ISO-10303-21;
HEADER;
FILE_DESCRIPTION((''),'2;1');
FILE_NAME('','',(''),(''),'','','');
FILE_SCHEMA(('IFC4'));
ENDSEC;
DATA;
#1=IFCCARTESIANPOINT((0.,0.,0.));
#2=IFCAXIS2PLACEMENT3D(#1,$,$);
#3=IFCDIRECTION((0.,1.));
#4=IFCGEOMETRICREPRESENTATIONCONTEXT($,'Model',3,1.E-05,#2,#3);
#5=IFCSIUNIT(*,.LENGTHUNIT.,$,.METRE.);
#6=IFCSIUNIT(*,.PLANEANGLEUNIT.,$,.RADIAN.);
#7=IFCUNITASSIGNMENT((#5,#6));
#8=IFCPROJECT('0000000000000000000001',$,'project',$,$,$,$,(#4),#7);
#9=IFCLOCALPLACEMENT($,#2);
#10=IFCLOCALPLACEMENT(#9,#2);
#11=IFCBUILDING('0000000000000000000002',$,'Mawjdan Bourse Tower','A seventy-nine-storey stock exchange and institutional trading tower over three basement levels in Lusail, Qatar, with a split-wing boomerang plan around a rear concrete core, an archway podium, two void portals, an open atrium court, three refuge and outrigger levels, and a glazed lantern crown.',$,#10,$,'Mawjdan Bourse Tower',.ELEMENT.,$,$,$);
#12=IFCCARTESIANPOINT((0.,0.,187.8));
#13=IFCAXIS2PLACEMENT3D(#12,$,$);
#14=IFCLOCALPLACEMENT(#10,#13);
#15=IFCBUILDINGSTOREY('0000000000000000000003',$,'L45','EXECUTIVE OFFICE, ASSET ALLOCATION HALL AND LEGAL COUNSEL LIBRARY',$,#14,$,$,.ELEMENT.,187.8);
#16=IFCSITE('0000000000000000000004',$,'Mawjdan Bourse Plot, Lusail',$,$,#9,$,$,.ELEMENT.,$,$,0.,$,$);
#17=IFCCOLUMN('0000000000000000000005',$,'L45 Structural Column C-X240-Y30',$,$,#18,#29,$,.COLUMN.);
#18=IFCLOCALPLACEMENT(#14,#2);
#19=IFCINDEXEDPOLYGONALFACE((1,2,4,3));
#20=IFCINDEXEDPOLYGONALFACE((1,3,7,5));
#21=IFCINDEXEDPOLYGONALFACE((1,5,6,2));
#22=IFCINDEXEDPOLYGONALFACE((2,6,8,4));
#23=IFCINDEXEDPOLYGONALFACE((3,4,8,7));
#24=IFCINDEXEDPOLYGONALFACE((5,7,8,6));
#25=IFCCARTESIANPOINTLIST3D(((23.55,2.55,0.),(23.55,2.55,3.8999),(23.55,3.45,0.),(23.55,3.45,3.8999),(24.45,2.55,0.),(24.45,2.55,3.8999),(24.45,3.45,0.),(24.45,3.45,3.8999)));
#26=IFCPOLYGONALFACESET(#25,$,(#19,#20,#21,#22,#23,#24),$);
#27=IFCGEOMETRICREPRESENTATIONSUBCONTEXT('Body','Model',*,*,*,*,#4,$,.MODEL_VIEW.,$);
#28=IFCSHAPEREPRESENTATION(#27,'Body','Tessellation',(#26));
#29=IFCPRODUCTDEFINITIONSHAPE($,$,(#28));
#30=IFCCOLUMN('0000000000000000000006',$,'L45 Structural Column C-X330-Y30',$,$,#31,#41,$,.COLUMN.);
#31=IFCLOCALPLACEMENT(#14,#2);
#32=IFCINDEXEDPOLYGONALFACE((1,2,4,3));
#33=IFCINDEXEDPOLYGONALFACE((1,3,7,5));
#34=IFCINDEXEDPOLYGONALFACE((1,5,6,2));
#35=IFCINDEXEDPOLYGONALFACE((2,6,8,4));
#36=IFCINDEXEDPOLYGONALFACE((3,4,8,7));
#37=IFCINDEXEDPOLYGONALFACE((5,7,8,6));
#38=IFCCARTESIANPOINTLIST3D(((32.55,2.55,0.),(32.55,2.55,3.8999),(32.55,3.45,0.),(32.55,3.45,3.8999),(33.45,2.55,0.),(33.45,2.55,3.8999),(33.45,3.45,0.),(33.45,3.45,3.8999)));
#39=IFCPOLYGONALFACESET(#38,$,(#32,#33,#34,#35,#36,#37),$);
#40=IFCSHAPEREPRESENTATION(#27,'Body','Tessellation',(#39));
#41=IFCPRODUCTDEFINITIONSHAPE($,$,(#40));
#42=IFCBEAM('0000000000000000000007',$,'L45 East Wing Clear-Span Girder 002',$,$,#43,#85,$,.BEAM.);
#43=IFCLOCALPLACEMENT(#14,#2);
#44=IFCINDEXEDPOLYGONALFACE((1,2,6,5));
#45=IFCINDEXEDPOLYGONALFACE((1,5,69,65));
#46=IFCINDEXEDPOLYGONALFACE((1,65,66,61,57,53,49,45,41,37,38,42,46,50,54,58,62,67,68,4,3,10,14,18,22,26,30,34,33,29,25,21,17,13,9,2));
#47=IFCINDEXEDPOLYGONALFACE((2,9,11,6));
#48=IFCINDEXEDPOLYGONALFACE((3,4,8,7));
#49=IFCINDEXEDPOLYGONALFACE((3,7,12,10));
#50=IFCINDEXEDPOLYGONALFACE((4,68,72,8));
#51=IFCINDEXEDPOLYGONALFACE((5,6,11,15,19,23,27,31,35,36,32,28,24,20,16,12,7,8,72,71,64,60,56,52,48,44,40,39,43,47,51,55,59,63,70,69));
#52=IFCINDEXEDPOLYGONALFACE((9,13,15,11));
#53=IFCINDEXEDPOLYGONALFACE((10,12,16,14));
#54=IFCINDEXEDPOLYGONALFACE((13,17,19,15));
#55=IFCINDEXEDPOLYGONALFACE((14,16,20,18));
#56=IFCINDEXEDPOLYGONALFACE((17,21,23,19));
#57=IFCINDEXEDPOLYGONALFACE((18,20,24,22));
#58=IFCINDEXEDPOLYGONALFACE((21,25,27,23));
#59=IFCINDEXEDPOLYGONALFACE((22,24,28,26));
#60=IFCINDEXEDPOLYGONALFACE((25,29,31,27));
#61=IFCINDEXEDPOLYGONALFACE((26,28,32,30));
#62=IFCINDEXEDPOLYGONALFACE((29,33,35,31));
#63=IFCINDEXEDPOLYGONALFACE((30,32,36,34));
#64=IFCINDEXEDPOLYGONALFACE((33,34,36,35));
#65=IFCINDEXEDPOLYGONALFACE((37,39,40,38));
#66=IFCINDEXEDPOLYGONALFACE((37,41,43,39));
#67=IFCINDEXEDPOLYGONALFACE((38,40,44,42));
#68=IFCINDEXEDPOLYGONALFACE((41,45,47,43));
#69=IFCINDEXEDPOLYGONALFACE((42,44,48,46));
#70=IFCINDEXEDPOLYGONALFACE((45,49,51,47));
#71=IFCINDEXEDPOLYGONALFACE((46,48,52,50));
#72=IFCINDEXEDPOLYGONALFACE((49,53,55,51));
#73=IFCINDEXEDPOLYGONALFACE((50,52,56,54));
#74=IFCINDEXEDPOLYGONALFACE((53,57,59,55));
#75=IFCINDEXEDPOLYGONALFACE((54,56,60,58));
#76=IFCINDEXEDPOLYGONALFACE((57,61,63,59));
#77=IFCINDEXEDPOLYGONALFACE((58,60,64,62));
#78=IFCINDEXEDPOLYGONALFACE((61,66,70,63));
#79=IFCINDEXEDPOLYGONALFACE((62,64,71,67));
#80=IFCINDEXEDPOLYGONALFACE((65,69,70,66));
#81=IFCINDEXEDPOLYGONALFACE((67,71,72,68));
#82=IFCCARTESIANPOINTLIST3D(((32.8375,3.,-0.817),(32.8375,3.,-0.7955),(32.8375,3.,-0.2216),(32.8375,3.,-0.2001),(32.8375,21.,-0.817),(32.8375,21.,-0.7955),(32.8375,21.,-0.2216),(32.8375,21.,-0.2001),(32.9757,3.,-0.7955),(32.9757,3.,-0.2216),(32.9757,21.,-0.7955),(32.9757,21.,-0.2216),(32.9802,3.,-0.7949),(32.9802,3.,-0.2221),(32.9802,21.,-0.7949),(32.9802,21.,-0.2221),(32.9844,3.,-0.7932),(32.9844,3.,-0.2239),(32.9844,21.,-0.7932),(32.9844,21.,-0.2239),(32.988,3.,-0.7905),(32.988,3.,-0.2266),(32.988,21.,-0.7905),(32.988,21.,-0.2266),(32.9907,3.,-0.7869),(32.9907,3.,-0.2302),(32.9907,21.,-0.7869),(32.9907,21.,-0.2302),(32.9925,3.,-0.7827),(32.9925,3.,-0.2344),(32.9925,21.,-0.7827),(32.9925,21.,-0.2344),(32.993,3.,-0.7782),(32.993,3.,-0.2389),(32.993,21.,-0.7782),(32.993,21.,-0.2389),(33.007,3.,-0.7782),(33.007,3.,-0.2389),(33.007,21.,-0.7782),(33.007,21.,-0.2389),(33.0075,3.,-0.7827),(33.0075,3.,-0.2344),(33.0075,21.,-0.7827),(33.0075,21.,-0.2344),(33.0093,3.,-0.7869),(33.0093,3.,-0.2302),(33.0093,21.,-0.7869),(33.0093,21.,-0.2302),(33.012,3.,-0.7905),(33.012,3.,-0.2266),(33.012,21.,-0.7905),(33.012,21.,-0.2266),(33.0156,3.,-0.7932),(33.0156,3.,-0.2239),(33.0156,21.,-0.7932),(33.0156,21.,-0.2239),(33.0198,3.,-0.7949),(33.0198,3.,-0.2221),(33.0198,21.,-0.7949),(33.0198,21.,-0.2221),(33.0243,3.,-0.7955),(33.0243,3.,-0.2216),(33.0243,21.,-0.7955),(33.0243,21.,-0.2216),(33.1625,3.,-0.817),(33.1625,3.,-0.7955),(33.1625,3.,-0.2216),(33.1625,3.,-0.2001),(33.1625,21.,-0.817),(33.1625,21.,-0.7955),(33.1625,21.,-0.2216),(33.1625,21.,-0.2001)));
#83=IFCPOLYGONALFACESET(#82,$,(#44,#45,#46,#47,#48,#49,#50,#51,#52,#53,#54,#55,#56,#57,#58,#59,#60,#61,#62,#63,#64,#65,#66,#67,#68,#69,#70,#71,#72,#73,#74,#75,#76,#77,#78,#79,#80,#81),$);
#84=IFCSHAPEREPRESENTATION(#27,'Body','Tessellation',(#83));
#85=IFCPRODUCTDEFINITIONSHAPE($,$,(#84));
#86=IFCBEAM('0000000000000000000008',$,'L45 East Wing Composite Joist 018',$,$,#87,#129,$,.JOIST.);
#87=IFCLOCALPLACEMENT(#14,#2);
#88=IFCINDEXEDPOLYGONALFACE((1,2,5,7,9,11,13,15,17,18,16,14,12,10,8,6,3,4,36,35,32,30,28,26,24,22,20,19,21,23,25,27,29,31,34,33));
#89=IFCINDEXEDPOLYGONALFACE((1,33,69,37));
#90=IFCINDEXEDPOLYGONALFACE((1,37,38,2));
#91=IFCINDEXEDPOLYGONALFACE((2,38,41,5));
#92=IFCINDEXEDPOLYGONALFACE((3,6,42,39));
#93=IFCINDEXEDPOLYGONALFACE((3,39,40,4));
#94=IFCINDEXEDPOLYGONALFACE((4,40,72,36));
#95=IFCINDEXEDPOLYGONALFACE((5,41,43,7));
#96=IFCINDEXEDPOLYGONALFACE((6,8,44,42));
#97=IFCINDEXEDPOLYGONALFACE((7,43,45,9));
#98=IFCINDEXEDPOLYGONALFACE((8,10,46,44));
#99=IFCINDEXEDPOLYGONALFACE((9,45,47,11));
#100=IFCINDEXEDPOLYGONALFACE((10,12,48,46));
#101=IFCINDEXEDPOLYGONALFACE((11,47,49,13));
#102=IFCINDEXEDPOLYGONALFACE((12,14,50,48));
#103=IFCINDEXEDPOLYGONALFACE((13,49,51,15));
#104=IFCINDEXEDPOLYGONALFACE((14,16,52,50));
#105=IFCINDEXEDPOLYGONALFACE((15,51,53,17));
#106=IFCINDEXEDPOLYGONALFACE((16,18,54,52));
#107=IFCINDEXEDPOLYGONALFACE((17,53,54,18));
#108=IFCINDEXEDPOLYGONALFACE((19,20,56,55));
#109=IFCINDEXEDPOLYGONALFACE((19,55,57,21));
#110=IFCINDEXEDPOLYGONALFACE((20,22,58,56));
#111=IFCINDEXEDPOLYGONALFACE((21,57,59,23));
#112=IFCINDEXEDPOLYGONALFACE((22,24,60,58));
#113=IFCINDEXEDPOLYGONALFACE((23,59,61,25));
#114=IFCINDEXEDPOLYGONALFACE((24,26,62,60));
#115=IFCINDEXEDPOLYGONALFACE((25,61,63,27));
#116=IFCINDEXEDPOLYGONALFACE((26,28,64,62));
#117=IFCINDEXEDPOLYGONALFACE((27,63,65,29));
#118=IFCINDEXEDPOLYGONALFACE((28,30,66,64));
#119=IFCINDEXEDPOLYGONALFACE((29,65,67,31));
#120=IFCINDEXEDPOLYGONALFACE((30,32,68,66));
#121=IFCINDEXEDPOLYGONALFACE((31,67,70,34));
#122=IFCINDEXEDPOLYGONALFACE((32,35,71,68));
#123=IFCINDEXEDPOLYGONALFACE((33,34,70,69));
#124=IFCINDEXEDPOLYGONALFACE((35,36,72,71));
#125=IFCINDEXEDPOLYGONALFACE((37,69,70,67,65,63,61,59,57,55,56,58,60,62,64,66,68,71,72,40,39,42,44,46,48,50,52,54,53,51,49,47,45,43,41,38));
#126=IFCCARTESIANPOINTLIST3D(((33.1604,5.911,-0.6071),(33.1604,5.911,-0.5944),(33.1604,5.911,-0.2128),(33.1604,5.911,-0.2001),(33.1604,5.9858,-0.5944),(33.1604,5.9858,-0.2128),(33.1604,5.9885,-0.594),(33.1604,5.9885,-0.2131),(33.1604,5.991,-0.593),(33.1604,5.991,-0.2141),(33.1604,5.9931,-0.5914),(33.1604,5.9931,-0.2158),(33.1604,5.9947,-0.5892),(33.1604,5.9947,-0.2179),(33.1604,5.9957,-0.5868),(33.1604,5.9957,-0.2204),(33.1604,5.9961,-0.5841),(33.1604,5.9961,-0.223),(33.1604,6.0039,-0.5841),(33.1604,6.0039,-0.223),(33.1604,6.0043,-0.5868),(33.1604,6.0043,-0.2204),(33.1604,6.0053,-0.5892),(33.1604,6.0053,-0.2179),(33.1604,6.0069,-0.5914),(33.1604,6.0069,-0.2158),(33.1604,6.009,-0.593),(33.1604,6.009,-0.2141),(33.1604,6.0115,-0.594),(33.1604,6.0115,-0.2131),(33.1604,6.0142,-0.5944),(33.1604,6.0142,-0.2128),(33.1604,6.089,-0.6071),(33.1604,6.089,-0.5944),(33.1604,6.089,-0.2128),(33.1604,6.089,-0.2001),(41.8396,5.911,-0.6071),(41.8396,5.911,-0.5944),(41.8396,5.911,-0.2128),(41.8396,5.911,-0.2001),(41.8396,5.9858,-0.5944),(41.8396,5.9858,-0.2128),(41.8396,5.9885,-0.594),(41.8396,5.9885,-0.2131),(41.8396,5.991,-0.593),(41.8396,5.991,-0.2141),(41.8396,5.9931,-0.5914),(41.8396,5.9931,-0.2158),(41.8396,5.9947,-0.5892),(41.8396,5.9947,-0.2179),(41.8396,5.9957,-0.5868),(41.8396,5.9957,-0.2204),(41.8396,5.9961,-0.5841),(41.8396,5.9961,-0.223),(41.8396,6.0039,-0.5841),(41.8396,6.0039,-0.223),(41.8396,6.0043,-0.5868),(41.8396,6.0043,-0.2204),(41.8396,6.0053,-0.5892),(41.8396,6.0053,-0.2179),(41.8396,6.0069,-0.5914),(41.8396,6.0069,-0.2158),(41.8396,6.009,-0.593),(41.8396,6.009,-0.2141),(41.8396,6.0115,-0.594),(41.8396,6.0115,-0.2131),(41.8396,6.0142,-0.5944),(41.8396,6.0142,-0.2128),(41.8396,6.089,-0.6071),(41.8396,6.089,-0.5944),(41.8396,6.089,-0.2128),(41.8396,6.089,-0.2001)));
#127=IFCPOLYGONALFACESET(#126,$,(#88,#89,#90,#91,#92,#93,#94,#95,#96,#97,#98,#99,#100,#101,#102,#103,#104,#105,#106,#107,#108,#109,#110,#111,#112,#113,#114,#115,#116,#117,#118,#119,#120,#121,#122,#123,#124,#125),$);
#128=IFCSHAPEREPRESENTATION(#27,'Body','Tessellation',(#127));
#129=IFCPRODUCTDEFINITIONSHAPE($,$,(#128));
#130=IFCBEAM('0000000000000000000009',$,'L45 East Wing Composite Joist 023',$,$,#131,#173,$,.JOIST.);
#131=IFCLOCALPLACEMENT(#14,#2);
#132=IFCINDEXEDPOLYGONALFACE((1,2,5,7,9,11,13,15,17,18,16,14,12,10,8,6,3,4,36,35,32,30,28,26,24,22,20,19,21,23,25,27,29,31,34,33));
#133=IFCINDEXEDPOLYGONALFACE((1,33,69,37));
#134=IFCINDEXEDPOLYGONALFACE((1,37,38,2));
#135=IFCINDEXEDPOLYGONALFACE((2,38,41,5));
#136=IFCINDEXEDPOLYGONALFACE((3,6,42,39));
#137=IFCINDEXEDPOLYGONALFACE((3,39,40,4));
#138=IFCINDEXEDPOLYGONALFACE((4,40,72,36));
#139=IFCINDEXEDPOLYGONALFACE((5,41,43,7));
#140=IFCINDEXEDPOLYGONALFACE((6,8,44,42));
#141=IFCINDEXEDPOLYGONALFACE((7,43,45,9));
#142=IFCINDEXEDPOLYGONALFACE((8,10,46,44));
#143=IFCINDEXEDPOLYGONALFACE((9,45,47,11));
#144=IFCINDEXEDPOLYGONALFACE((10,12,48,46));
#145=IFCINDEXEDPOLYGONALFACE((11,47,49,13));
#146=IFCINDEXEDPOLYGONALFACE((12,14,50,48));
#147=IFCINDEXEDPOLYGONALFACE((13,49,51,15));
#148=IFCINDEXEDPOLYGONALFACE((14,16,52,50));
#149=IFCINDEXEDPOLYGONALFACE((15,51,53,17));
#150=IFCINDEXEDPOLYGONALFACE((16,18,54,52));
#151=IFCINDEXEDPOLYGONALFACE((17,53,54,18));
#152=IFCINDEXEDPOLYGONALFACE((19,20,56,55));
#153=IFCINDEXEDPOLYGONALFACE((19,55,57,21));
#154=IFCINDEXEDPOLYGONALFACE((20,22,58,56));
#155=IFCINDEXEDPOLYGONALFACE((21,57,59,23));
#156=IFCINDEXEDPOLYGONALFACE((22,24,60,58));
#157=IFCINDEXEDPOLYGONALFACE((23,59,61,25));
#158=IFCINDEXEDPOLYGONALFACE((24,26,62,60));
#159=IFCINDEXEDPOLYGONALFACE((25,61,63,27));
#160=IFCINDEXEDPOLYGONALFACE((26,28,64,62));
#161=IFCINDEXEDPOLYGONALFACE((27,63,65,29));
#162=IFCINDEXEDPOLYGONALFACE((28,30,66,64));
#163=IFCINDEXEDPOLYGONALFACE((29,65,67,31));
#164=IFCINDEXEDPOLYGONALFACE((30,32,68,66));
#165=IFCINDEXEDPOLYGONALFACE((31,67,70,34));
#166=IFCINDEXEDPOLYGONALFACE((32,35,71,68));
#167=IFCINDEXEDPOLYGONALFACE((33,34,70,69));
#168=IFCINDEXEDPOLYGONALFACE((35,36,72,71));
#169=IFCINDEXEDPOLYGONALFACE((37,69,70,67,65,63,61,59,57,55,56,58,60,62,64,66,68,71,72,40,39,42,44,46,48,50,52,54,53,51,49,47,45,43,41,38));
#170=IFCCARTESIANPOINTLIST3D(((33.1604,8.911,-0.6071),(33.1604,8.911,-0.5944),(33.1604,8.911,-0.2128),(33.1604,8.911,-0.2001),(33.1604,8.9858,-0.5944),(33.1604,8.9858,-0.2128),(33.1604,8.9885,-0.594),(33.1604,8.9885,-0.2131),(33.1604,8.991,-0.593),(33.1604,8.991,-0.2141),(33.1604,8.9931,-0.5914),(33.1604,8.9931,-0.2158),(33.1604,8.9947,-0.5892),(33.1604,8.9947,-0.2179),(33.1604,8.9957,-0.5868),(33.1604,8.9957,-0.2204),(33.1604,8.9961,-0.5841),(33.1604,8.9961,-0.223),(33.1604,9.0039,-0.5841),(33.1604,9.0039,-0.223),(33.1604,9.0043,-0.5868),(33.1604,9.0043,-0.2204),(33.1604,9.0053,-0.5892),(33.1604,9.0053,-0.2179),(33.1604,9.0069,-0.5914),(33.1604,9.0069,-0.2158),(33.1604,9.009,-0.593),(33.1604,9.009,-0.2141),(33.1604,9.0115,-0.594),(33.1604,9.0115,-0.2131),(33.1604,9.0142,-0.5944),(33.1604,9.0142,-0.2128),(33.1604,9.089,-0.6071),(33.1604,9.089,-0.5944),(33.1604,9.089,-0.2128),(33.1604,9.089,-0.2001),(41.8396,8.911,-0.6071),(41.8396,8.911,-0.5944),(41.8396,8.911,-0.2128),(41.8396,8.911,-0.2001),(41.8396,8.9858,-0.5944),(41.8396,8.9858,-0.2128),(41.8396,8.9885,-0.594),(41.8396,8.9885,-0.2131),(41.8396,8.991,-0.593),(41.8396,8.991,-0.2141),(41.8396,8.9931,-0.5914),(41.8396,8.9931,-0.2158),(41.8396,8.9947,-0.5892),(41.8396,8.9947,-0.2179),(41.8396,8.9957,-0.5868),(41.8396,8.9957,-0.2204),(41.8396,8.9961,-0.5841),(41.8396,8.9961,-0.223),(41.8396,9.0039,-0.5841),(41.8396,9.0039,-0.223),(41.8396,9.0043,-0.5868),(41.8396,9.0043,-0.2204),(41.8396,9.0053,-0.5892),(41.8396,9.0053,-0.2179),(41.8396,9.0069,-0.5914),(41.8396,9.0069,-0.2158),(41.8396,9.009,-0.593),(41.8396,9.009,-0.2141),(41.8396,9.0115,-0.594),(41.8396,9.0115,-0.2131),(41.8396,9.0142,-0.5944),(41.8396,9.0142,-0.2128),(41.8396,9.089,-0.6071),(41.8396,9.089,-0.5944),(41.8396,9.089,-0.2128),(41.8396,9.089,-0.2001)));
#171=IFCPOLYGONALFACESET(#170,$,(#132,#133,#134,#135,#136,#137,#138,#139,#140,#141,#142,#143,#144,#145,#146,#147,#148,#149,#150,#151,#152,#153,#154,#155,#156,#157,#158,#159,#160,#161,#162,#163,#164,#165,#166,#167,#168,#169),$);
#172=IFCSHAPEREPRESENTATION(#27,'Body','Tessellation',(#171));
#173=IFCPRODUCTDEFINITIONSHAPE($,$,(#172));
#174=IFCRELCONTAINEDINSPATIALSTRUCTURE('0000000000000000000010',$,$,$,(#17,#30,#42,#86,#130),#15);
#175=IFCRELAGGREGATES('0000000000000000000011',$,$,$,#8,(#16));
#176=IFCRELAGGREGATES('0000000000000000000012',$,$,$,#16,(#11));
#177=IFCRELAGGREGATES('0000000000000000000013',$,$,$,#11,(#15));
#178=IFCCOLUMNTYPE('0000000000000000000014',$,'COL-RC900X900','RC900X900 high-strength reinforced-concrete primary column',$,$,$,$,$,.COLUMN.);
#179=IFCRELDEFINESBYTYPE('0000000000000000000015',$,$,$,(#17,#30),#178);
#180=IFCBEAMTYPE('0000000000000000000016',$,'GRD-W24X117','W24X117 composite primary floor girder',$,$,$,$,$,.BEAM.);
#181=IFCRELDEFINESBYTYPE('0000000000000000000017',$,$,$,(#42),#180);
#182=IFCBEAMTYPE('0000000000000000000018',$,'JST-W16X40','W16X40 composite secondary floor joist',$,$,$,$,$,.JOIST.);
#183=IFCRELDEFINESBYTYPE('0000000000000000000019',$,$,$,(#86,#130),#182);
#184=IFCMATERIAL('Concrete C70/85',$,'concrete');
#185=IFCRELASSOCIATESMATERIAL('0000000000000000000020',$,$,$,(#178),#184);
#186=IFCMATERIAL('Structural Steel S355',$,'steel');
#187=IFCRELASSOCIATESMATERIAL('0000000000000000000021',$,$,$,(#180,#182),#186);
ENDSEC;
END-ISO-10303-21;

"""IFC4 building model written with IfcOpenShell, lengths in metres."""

from ifc_helpers import new_model, si_unit, direction, frame, origin, origin_2d, place, context, subcontext, project, spatial, rectangle, i_section, extrude, material, material_profile, profile_set, type_object, element, save


model = new_model("IFC4")

# Units and contexts
model_context = context("Model", 3, precision=1e-05, world=origin(), true_north=direction((0.0, 1.0)))
body_context = subcontext(model_context, "Body", "Model", "MODEL_VIEW")
ifc_project = project(units=[si_unit("LENGTHUNIT", "METRE"), si_unit("PLANEANGLEUNIT", "RADIAN")], contexts=[model_context])

# Site, building, storey
site_placement = place(None, origin())
site = spatial("IfcSite", under=ifc_project, at=site_placement, Name="Mawjdan Bourse Plot, Lusail", CompositionType="ELEMENT", RefElevation=0.0)
building_placement = place(site_placement, origin())
building = spatial("IfcBuilding", under=site, at=building_placement, Name="Mawjdan Bourse Tower", Description="A seventy-nine-storey stock exchange and institutional trading tower over three basement levels in Lusail, Qatar, with a split-wing boomerang plan around a rear concrete core, an archway podium, two void portals, an open atrium court, three refuge and outrigger levels, and a glazed lantern crown.", LongName="Mawjdan Bourse Tower", CompositionType="ELEMENT")
storey_placement = place(building_placement, frame((0.0, 0.0, 187.8)))
storey = spatial("IfcBuildingStorey", under=building, at=storey_placement, Name="L45", Description="EXECUTIVE OFFICE, ASSET ALLOCATION HALL AND LEGAL COUNSEL LIBRARY", CompositionType="ELEMENT", Elevation=187.8)

# Columns
ifc_material_1 = material(Name="Concrete C70/85", Category="concrete")
ifc_material_profile_1 = material_profile(ifc_material_1, rectangle(XDim=0.8999, YDim=0.8999, at=origin_2d()), Name="RC900X900")
ifc_profile_set_1 = profile_set([ifc_material_profile_1], Name="Concrete C70/85")
column_type = type_object("IfcColumnType", Name="COL-RC900X900", Description="RC900X900 high-strength reinforced-concrete primary column", PredefinedType="COLUMN", material=ifc_profile_set_1)
for number, where, z_axis, x_axis, name in (
    (1, (24.0, 3.0, 0.0), (0.0, 0.0, 1.0), (1.0, 0.0, 0.0), "L45 Structural Column C-X240-Y30"),
    (2, (33.0, 3.0, 0.0), (0.0, 0.0, 1.0), (1.0, 0.0, 0.0), "L45 Structural Column C-X330-Y30"),
):
    element("IfcColumn", number, at=place(storey_placement, frame(where, z_axis=z_axis, x_axis=x_axis)), inside=storey, type_object=column_type, Name=name, PredefinedType="COLUMN", context=body_context, shape_type="SweptSolid", body=[
        extrude(rectangle(XDim=0.8999, YDim=0.8999, at=origin_2d()), origin(), (0.0, 0.0, 1.0), 3.8999),
    ])

# Beams
ifc_material_2 = material(Name="Structural Steel S355", Category="steel")
ifc_material_profile_2 = material_profile(ifc_material_2, i_section(OverallWidth=0.325, OverallDepth=0.6169, WebThickness=0.0139, FlangeThickness=0.0215, FilletRadius=0.0173, at=origin_2d()), Name="W24X117")
ifc_profile_set_2 = profile_set([ifc_material_profile_2], Name="Structural Steel S355")
beam_type_1 = type_object("IfcBeamType", Name="GRD-W24X117", Description="W24X117 composite primary floor girder", PredefinedType="BEAM", material=ifc_profile_set_2)
beam_placement = place(storey_placement, frame((33.0, 3.0, -0.5085), z_axis=(0.0, 1.0, 0.0), x_axis=(-1.0, 0.0, 0.0)))
element("IfcBeam", 3, at=beam_placement, inside=storey, type_object=beam_type_1, Name="L45 East Wing Clear-Span Girder 002", PredefinedType="BEAM", context=body_context, shape_type="SweptSolid", body=[
    extrude(i_section(OverallWidth=0.325, OverallDepth=0.6169, WebThickness=0.0139, FlangeThickness=0.0215, FilletRadius=0.0173, at=origin_2d()), origin(), (0.0, 0.0, 1.0), 18.0),
])
ifc_material_profile_3 = material_profile(ifc_material_2, i_section(OverallWidth=0.178, OverallDepth=0.407, WebThickness=0.0078, FlangeThickness=0.0127, FilletRadius=0.0103, at=origin_2d()), Name="W16X40")
ifc_profile_set_3 = profile_set([ifc_material_profile_3], Name="Structural Steel S355")
beam_type_2 = type_object("IfcBeamType", Name="JST-W16X40", Description="W16X40 composite secondary floor joist", PredefinedType="JOIST", material=ifc_profile_set_3)
for number, where, z_axis, x_axis, name in (
    (4, (33.1604, 6.0, -0.4036), (1.0, 0.0, 0.0), (0.0, 1.0, 0.0), "L45 East Wing Composite Joist 018"),
    (5, (33.1604, 9.0, -0.4036), (1.0, 0.0, 0.0), (0.0, 1.0, 0.0), "L45 East Wing Composite Joist 023"),
):
    element("IfcBeam", number, at=place(storey_placement, frame(where, z_axis=z_axis, x_axis=x_axis)), inside=storey, type_object=beam_type_2, Name=name, PredefinedType="JOIST", context=body_context, shape_type="SweptSolid", body=[
        extrude(i_section(OverallWidth=0.178, OverallDepth=0.407, WebThickness=0.0078, FlangeThickness=0.0127, FilletRadius=0.0103, at=origin_2d()), origin(), (0.0, 0.0, 1.0), 8.6792),
    ])

save(model, "model.ifc")
